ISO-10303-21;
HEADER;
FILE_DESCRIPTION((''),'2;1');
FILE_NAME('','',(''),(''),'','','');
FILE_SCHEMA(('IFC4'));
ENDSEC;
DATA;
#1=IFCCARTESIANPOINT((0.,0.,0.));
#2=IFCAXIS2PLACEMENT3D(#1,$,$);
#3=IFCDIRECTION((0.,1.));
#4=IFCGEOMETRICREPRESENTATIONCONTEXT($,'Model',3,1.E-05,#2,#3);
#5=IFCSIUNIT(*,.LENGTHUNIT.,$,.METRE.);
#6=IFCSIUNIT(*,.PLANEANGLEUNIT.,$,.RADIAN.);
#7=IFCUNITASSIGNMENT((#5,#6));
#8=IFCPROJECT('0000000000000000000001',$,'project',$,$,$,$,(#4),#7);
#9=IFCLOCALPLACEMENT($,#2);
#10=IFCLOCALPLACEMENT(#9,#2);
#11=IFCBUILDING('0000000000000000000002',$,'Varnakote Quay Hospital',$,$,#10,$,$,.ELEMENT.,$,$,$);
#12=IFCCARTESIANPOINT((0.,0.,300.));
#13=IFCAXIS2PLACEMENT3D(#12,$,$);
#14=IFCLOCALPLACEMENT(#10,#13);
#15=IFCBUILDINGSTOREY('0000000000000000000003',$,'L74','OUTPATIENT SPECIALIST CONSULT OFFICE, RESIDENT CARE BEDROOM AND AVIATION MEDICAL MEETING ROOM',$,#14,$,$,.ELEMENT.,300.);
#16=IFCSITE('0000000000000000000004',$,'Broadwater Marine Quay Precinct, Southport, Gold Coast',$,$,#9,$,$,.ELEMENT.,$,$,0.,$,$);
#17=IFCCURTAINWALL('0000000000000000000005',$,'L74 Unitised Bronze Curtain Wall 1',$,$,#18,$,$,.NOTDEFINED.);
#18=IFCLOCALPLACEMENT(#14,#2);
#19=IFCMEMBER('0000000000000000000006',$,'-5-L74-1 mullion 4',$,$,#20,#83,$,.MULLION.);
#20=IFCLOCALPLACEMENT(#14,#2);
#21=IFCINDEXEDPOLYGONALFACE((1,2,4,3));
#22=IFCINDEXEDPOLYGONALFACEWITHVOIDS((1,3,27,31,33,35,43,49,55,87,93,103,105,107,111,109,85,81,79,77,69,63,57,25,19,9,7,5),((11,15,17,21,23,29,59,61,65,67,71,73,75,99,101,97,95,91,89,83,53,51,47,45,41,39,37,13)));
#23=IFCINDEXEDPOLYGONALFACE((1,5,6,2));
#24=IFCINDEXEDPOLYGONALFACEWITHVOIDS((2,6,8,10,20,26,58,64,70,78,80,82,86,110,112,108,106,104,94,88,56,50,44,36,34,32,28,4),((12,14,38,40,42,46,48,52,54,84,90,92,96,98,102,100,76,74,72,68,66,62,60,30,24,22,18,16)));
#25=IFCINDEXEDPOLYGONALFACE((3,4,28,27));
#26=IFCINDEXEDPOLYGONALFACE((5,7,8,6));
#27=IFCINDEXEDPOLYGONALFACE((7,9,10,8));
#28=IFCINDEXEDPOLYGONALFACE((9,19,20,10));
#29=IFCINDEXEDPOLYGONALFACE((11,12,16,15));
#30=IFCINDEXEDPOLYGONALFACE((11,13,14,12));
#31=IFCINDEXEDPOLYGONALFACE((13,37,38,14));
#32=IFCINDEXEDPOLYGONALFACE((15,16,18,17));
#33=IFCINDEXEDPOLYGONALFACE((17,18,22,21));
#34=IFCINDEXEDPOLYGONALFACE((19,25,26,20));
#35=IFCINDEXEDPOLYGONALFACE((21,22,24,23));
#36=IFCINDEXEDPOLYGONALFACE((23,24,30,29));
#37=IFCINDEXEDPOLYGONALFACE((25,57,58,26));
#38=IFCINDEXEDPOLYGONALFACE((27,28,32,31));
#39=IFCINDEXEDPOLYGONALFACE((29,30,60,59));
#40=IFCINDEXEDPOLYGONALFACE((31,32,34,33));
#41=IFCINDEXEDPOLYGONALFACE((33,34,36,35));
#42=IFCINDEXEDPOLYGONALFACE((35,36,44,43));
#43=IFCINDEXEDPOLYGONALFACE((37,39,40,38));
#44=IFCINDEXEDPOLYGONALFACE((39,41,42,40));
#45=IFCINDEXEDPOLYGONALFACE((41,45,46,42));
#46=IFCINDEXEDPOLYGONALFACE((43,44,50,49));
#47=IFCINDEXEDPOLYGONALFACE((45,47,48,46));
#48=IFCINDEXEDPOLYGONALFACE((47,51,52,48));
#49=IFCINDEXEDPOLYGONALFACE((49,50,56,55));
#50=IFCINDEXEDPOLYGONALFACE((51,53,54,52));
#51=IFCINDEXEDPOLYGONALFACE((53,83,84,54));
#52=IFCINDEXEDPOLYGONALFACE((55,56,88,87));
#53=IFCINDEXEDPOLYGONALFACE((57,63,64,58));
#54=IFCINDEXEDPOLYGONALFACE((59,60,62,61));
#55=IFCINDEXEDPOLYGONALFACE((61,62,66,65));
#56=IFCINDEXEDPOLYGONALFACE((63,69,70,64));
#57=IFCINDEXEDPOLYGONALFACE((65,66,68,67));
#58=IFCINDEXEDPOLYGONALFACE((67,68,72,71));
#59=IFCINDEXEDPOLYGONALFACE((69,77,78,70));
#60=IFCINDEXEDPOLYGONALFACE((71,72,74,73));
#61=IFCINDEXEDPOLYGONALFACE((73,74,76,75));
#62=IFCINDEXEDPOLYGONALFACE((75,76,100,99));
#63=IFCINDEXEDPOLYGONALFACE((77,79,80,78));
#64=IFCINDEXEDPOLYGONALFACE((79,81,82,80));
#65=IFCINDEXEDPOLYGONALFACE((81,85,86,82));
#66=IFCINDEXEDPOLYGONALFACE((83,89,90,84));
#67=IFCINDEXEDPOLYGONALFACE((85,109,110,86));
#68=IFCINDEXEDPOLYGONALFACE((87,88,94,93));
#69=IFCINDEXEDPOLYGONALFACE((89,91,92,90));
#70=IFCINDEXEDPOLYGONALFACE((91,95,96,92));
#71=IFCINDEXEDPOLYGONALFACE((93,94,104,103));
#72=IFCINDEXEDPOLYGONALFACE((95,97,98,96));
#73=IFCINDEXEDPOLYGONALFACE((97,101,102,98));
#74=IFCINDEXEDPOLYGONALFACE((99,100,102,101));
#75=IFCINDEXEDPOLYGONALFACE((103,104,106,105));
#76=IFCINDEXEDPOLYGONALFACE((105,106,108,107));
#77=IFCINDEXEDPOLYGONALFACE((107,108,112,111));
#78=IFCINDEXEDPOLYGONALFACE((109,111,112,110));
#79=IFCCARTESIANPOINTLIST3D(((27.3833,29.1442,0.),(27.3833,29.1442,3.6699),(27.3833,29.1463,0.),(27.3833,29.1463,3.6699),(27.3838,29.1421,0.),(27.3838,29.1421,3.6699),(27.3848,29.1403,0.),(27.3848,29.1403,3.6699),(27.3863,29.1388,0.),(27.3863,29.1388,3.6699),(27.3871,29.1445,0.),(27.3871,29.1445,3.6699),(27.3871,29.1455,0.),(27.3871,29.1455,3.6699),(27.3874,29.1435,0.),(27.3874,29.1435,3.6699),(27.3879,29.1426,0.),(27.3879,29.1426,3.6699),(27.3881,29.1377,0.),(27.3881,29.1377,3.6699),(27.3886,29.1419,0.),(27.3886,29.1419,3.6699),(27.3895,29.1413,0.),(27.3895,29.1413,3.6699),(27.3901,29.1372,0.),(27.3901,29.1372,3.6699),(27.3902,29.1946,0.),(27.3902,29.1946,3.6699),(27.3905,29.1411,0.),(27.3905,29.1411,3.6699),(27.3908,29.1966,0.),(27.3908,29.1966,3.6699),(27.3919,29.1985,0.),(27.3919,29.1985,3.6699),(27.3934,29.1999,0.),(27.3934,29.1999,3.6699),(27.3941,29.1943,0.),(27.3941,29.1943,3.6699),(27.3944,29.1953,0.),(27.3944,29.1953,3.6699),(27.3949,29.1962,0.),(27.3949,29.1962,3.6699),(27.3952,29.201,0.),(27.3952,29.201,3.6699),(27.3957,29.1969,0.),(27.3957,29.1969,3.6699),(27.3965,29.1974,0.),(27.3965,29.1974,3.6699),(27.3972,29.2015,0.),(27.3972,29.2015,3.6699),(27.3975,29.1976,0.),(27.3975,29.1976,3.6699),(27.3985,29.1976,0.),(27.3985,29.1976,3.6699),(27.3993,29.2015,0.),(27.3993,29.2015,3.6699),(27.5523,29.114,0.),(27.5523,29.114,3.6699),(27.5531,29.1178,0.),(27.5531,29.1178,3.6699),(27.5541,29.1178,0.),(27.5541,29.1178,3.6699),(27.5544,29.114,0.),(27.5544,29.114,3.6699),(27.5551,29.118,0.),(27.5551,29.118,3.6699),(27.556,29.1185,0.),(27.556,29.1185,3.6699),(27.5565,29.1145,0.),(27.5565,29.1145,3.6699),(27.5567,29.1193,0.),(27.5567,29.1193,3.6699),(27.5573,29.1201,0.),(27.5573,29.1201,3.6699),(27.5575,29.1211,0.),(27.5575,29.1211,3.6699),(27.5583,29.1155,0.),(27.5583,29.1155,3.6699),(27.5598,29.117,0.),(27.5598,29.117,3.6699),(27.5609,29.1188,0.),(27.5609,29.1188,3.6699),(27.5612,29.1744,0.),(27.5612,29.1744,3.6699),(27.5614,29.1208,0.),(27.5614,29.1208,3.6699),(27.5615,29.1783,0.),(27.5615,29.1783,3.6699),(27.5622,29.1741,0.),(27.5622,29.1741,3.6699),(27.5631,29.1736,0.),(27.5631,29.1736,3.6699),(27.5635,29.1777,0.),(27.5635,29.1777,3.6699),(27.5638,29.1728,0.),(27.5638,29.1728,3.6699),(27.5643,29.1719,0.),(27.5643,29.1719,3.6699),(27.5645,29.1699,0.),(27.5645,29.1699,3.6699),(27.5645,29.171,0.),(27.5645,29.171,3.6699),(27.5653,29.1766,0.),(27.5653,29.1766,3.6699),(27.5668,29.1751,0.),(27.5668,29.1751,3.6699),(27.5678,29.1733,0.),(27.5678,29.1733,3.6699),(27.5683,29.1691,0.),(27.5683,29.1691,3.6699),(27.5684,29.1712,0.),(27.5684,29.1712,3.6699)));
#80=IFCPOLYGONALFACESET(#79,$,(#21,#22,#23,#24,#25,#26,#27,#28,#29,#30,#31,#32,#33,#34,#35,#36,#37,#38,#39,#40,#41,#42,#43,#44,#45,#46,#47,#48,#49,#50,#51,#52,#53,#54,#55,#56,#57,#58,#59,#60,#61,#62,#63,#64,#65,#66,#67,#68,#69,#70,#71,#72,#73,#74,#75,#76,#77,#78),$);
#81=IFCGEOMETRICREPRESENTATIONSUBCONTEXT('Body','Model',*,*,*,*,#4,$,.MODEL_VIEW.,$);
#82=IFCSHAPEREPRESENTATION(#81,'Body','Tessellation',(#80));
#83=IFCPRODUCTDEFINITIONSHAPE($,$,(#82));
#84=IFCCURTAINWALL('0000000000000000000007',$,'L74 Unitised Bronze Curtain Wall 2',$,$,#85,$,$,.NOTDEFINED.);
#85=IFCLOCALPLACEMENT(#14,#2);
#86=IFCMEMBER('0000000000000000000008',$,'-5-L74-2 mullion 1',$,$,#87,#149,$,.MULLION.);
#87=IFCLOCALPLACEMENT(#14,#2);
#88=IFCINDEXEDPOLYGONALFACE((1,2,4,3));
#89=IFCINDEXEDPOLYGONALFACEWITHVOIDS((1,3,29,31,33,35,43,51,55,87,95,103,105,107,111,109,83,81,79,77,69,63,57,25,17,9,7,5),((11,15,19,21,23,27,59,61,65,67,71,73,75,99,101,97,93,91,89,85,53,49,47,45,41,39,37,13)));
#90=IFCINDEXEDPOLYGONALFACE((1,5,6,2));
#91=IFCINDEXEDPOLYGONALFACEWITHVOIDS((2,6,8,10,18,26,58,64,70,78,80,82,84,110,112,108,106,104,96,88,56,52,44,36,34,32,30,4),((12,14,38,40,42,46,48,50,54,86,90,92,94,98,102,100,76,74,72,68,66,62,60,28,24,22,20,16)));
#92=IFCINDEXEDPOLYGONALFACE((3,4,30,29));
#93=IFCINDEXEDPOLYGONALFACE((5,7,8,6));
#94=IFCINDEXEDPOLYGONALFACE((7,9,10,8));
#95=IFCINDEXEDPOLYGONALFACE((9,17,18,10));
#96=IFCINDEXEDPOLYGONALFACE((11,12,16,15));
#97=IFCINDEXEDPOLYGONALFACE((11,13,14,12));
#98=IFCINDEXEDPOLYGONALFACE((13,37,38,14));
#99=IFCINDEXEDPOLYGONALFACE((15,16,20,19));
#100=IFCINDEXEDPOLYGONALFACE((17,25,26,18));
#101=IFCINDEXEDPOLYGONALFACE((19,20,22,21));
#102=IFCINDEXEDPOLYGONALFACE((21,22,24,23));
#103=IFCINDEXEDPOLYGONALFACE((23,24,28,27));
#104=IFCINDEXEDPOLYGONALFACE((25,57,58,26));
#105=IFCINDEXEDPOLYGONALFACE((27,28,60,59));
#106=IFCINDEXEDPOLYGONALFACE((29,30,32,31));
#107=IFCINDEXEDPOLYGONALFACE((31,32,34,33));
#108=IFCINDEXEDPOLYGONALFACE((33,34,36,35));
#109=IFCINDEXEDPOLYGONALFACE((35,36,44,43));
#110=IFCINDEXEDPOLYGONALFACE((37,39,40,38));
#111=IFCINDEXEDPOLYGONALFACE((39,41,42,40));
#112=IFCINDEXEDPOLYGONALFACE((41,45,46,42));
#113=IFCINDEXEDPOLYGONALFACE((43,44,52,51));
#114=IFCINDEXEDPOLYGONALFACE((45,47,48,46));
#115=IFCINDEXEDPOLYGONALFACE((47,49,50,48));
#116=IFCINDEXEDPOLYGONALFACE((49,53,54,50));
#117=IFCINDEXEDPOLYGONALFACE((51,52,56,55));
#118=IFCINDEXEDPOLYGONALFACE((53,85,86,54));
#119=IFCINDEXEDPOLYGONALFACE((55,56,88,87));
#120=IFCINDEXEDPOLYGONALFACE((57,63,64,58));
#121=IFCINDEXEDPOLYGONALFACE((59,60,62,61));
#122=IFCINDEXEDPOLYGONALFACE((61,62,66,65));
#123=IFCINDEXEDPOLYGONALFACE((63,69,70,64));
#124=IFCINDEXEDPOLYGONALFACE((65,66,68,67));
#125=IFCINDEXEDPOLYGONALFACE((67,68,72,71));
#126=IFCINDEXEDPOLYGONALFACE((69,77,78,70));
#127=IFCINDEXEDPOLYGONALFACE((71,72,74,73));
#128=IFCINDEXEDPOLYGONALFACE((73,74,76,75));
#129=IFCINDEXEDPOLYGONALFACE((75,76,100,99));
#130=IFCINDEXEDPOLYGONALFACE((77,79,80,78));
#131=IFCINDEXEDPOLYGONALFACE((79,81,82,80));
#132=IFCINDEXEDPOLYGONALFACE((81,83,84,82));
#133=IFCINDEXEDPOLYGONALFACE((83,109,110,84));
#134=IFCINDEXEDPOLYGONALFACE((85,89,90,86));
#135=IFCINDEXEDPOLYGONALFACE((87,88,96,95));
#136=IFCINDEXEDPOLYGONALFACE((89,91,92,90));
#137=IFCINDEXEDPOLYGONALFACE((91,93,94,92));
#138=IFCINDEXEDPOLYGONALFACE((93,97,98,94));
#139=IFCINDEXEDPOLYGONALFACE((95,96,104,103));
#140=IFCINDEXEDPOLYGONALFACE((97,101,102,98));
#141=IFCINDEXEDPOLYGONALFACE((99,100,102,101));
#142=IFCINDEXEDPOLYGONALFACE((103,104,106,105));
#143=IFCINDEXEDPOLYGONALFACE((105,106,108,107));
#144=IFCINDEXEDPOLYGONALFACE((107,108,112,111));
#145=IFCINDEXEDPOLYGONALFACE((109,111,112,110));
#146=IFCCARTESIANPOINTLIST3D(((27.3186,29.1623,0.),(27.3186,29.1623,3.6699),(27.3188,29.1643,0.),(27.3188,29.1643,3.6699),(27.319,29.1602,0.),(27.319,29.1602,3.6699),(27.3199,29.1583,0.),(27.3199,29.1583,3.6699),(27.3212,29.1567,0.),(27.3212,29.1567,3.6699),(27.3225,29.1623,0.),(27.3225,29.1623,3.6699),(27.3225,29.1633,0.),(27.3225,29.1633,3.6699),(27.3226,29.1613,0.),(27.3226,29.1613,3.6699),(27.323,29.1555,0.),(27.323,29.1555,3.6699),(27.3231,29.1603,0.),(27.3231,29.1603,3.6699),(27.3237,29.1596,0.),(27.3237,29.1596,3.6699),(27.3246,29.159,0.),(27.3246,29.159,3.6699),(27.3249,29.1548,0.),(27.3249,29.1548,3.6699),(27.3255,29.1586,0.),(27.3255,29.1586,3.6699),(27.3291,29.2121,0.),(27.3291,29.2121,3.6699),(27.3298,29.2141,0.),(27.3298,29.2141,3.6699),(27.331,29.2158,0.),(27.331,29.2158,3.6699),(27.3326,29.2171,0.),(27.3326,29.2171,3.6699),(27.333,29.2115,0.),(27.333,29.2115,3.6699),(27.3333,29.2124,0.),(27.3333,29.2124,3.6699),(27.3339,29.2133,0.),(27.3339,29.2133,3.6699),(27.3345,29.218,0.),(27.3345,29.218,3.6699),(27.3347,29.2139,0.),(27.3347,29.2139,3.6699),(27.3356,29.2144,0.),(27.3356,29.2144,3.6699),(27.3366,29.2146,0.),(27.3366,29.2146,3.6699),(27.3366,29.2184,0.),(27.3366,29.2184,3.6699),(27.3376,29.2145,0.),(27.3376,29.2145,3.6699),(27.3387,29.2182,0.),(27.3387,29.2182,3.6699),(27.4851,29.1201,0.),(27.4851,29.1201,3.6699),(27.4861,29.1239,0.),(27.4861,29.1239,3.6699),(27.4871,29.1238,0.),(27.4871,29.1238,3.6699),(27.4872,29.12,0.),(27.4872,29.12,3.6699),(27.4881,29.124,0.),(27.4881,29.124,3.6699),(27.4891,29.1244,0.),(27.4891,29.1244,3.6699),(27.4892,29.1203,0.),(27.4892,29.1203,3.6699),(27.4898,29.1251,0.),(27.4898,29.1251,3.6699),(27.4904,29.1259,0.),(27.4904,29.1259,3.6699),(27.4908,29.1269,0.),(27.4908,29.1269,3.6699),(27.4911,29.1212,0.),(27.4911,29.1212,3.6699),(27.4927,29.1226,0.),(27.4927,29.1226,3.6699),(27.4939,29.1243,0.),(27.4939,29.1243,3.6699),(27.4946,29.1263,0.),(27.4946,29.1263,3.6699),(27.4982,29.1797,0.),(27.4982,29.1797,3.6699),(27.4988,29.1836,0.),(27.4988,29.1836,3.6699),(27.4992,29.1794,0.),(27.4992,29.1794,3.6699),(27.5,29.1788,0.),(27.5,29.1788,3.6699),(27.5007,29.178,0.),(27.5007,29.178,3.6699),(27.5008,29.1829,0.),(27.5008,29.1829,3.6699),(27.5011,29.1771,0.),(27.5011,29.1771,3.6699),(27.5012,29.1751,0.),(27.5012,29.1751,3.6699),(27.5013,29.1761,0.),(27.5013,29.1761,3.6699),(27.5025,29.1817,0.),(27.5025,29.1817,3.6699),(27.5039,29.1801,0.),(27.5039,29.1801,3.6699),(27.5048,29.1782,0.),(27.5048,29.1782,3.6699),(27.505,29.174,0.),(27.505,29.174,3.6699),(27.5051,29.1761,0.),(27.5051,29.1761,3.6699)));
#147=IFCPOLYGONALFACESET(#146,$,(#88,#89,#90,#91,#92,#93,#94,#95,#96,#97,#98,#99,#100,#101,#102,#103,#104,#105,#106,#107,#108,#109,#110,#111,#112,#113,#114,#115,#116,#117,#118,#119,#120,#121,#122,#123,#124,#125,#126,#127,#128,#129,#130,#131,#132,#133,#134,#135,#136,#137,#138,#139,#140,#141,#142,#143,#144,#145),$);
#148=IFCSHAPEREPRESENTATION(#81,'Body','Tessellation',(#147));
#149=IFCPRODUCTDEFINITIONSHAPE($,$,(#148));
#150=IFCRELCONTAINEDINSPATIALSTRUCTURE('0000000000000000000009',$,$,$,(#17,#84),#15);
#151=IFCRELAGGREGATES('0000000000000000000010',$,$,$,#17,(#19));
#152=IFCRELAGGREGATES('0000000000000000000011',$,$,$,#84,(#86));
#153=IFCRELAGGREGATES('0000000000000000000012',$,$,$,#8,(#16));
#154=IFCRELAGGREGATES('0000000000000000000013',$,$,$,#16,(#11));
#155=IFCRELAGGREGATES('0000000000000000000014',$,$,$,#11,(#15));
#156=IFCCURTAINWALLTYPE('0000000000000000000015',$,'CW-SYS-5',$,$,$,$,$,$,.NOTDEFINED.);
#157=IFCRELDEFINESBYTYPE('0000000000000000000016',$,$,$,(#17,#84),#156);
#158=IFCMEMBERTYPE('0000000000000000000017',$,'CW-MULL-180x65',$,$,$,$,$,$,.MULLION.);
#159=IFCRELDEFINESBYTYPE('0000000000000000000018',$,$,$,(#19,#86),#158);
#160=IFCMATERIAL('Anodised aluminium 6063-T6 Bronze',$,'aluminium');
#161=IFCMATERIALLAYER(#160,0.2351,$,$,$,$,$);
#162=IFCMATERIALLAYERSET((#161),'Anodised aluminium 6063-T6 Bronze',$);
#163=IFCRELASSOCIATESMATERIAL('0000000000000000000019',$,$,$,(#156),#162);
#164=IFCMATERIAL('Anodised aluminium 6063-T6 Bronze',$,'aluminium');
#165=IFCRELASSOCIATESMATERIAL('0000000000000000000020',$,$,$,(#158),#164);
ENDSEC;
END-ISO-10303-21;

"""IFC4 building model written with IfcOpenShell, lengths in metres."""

from ifc_helpers import new_model, si_unit, direction, frame, origin, origin_2d, place, context, subcontext, project, spatial, hollow_rectangle, extrude, material, layer, layer_set, material_profile, profile_set, type_object, element, aggregate, save


model = new_model("IFC4")

# Units and contexts
model_context = context("Model", 3, precision=1e-05, world=origin(), true_north=direction((0.0, 1.0)))
body_context = subcontext(model_context, "Body", "Model", "MODEL_VIEW")
ifc_project = project(units=[si_unit("LENGTHUNIT", "METRE"), si_unit("PLANEANGLEUNIT", "RADIAN")], contexts=[model_context])

# Site, building, storey
site_placement = place(None, origin())
site = spatial("IfcSite", under=ifc_project, at=site_placement, Name="Broadwater Marine Quay Precinct, Southport, Gold Coast", CompositionType="ELEMENT", RefElevation=0.0)
building_placement = place(site_placement, origin())
building = spatial("IfcBuilding", under=site, at=building_placement, Name="Varnakote Quay Hospital", CompositionType="ELEMENT")
storey_placement = place(building_placement, frame((0.0, 0.0, 300.0)))
storey = spatial("IfcBuildingStorey", under=building, at=storey_placement, Name="L74", Description="OUTPATIENT SPECIALIST CONSULT OFFICE, RESIDENT CARE BEDROOM AND AVIATION MEDICAL MEETING ROOM", CompositionType="ELEMENT", Elevation=300.0)

# Curtain wall, member
ifc_material_1 = material(Name="Anodised aluminium 6063-T6 Bronze", Category="aluminium")
ifc_layer_1 = layer(ifc_material_1, 0.2351)
ifc_layer_set_1 = layer_set([ifc_layer_1], Name="Anodised aluminium 6063-T6 Bronze")
curtain_wall_type = type_object("IfcCurtainWallType", Name="CW-SYS-5", PredefinedType="NOTDEFINED", material=ifc_layer_set_1)
curtain_wall_1_placement = place(storey_placement, origin())
curtain_wall_1 = element("IfcCurtainWall", 1, at=curtain_wall_1_placement, inside=storey, type_object=curtain_wall_type, Name="L74 Unitised Bronze Curtain Wall 1", PredefinedType="NOTDEFINED")
ifc_material_2 = material(Name="Anodised aluminium 6063-T6 Bronze", Category="aluminium")
ifc_material_profile_1 = material_profile(ifc_material_2, hollow_rectangle(XDim=0.0649, YDim=0.1799, WallThickness=0.0039, InnerFilletRadius=0.0039, OuterFilletRadius=0.0081, at=origin_2d()), Name="CW-MULL-180x65")
ifc_profile_set_1 = profile_set([ifc_material_profile_1], Name="Anodised aluminium 6063-T6 Bronze")
member_type_1 = type_object("IfcMemberType", Name="CW-MULL-180x65", PredefinedType="MULLION", material=ifc_profile_set_1)
member_1_placement = place(storey_placement, frame((27.4758, 29.1577, 0.0), z_axis=(0.0, 0.0, 1.0), x_axis=(-0.141572, -0.989928, 0.0)))
member_1 = element("IfcMember", 2, at=member_1_placement, type_object=member_type_1, Name="-5-L74-1 mullion 4", PredefinedType="MULLION", context=body_context, shape_type="SweptSolid", body=[
    extrude(hollow_rectangle(XDim=0.0649, YDim=0.1799, WallThickness=0.0039, InnerFilletRadius=0.0039, OuterFilletRadius=0.0081, at=origin_2d()), origin(), (0.0, 0.0, 1.0), 3.6699),
])
aggregate(curtain_wall_1, [member_1])

# Curtain wall, member
curtain_wall_2_placement = place(storey_placement, origin())
curtain_wall_2 = element("IfcCurtainWall", 3, at=curtain_wall_2_placement, inside=storey, type_object=curtain_wall_type, Name="L74 Unitised Bronze Curtain Wall 2", PredefinedType="NOTDEFINED")
member_2_placement = place(storey_placement, frame((27.4119, 29.1692, 0.0), z_axis=(0.0, 0.0, 1.0), x_axis=(-0.211408, -0.977398, 0.0)))
member_2 = element("IfcMember", 4, at=member_2_placement, type_object=member_type_1, Name="-5-L74-2 mullion 1", PredefinedType="MULLION", context=body_context, shape_type="SweptSolid", body=[
    extrude(hollow_rectangle(XDim=0.0649, YDim=0.1799, WallThickness=0.0039, InnerFilletRadius=0.0039, OuterFilletRadius=0.0081, at=origin_2d()), origin(), (0.0, 0.0, 1.0), 3.6699),
])
aggregate(curtain_wall_2, [member_2])

save(model, "model.ifc")
